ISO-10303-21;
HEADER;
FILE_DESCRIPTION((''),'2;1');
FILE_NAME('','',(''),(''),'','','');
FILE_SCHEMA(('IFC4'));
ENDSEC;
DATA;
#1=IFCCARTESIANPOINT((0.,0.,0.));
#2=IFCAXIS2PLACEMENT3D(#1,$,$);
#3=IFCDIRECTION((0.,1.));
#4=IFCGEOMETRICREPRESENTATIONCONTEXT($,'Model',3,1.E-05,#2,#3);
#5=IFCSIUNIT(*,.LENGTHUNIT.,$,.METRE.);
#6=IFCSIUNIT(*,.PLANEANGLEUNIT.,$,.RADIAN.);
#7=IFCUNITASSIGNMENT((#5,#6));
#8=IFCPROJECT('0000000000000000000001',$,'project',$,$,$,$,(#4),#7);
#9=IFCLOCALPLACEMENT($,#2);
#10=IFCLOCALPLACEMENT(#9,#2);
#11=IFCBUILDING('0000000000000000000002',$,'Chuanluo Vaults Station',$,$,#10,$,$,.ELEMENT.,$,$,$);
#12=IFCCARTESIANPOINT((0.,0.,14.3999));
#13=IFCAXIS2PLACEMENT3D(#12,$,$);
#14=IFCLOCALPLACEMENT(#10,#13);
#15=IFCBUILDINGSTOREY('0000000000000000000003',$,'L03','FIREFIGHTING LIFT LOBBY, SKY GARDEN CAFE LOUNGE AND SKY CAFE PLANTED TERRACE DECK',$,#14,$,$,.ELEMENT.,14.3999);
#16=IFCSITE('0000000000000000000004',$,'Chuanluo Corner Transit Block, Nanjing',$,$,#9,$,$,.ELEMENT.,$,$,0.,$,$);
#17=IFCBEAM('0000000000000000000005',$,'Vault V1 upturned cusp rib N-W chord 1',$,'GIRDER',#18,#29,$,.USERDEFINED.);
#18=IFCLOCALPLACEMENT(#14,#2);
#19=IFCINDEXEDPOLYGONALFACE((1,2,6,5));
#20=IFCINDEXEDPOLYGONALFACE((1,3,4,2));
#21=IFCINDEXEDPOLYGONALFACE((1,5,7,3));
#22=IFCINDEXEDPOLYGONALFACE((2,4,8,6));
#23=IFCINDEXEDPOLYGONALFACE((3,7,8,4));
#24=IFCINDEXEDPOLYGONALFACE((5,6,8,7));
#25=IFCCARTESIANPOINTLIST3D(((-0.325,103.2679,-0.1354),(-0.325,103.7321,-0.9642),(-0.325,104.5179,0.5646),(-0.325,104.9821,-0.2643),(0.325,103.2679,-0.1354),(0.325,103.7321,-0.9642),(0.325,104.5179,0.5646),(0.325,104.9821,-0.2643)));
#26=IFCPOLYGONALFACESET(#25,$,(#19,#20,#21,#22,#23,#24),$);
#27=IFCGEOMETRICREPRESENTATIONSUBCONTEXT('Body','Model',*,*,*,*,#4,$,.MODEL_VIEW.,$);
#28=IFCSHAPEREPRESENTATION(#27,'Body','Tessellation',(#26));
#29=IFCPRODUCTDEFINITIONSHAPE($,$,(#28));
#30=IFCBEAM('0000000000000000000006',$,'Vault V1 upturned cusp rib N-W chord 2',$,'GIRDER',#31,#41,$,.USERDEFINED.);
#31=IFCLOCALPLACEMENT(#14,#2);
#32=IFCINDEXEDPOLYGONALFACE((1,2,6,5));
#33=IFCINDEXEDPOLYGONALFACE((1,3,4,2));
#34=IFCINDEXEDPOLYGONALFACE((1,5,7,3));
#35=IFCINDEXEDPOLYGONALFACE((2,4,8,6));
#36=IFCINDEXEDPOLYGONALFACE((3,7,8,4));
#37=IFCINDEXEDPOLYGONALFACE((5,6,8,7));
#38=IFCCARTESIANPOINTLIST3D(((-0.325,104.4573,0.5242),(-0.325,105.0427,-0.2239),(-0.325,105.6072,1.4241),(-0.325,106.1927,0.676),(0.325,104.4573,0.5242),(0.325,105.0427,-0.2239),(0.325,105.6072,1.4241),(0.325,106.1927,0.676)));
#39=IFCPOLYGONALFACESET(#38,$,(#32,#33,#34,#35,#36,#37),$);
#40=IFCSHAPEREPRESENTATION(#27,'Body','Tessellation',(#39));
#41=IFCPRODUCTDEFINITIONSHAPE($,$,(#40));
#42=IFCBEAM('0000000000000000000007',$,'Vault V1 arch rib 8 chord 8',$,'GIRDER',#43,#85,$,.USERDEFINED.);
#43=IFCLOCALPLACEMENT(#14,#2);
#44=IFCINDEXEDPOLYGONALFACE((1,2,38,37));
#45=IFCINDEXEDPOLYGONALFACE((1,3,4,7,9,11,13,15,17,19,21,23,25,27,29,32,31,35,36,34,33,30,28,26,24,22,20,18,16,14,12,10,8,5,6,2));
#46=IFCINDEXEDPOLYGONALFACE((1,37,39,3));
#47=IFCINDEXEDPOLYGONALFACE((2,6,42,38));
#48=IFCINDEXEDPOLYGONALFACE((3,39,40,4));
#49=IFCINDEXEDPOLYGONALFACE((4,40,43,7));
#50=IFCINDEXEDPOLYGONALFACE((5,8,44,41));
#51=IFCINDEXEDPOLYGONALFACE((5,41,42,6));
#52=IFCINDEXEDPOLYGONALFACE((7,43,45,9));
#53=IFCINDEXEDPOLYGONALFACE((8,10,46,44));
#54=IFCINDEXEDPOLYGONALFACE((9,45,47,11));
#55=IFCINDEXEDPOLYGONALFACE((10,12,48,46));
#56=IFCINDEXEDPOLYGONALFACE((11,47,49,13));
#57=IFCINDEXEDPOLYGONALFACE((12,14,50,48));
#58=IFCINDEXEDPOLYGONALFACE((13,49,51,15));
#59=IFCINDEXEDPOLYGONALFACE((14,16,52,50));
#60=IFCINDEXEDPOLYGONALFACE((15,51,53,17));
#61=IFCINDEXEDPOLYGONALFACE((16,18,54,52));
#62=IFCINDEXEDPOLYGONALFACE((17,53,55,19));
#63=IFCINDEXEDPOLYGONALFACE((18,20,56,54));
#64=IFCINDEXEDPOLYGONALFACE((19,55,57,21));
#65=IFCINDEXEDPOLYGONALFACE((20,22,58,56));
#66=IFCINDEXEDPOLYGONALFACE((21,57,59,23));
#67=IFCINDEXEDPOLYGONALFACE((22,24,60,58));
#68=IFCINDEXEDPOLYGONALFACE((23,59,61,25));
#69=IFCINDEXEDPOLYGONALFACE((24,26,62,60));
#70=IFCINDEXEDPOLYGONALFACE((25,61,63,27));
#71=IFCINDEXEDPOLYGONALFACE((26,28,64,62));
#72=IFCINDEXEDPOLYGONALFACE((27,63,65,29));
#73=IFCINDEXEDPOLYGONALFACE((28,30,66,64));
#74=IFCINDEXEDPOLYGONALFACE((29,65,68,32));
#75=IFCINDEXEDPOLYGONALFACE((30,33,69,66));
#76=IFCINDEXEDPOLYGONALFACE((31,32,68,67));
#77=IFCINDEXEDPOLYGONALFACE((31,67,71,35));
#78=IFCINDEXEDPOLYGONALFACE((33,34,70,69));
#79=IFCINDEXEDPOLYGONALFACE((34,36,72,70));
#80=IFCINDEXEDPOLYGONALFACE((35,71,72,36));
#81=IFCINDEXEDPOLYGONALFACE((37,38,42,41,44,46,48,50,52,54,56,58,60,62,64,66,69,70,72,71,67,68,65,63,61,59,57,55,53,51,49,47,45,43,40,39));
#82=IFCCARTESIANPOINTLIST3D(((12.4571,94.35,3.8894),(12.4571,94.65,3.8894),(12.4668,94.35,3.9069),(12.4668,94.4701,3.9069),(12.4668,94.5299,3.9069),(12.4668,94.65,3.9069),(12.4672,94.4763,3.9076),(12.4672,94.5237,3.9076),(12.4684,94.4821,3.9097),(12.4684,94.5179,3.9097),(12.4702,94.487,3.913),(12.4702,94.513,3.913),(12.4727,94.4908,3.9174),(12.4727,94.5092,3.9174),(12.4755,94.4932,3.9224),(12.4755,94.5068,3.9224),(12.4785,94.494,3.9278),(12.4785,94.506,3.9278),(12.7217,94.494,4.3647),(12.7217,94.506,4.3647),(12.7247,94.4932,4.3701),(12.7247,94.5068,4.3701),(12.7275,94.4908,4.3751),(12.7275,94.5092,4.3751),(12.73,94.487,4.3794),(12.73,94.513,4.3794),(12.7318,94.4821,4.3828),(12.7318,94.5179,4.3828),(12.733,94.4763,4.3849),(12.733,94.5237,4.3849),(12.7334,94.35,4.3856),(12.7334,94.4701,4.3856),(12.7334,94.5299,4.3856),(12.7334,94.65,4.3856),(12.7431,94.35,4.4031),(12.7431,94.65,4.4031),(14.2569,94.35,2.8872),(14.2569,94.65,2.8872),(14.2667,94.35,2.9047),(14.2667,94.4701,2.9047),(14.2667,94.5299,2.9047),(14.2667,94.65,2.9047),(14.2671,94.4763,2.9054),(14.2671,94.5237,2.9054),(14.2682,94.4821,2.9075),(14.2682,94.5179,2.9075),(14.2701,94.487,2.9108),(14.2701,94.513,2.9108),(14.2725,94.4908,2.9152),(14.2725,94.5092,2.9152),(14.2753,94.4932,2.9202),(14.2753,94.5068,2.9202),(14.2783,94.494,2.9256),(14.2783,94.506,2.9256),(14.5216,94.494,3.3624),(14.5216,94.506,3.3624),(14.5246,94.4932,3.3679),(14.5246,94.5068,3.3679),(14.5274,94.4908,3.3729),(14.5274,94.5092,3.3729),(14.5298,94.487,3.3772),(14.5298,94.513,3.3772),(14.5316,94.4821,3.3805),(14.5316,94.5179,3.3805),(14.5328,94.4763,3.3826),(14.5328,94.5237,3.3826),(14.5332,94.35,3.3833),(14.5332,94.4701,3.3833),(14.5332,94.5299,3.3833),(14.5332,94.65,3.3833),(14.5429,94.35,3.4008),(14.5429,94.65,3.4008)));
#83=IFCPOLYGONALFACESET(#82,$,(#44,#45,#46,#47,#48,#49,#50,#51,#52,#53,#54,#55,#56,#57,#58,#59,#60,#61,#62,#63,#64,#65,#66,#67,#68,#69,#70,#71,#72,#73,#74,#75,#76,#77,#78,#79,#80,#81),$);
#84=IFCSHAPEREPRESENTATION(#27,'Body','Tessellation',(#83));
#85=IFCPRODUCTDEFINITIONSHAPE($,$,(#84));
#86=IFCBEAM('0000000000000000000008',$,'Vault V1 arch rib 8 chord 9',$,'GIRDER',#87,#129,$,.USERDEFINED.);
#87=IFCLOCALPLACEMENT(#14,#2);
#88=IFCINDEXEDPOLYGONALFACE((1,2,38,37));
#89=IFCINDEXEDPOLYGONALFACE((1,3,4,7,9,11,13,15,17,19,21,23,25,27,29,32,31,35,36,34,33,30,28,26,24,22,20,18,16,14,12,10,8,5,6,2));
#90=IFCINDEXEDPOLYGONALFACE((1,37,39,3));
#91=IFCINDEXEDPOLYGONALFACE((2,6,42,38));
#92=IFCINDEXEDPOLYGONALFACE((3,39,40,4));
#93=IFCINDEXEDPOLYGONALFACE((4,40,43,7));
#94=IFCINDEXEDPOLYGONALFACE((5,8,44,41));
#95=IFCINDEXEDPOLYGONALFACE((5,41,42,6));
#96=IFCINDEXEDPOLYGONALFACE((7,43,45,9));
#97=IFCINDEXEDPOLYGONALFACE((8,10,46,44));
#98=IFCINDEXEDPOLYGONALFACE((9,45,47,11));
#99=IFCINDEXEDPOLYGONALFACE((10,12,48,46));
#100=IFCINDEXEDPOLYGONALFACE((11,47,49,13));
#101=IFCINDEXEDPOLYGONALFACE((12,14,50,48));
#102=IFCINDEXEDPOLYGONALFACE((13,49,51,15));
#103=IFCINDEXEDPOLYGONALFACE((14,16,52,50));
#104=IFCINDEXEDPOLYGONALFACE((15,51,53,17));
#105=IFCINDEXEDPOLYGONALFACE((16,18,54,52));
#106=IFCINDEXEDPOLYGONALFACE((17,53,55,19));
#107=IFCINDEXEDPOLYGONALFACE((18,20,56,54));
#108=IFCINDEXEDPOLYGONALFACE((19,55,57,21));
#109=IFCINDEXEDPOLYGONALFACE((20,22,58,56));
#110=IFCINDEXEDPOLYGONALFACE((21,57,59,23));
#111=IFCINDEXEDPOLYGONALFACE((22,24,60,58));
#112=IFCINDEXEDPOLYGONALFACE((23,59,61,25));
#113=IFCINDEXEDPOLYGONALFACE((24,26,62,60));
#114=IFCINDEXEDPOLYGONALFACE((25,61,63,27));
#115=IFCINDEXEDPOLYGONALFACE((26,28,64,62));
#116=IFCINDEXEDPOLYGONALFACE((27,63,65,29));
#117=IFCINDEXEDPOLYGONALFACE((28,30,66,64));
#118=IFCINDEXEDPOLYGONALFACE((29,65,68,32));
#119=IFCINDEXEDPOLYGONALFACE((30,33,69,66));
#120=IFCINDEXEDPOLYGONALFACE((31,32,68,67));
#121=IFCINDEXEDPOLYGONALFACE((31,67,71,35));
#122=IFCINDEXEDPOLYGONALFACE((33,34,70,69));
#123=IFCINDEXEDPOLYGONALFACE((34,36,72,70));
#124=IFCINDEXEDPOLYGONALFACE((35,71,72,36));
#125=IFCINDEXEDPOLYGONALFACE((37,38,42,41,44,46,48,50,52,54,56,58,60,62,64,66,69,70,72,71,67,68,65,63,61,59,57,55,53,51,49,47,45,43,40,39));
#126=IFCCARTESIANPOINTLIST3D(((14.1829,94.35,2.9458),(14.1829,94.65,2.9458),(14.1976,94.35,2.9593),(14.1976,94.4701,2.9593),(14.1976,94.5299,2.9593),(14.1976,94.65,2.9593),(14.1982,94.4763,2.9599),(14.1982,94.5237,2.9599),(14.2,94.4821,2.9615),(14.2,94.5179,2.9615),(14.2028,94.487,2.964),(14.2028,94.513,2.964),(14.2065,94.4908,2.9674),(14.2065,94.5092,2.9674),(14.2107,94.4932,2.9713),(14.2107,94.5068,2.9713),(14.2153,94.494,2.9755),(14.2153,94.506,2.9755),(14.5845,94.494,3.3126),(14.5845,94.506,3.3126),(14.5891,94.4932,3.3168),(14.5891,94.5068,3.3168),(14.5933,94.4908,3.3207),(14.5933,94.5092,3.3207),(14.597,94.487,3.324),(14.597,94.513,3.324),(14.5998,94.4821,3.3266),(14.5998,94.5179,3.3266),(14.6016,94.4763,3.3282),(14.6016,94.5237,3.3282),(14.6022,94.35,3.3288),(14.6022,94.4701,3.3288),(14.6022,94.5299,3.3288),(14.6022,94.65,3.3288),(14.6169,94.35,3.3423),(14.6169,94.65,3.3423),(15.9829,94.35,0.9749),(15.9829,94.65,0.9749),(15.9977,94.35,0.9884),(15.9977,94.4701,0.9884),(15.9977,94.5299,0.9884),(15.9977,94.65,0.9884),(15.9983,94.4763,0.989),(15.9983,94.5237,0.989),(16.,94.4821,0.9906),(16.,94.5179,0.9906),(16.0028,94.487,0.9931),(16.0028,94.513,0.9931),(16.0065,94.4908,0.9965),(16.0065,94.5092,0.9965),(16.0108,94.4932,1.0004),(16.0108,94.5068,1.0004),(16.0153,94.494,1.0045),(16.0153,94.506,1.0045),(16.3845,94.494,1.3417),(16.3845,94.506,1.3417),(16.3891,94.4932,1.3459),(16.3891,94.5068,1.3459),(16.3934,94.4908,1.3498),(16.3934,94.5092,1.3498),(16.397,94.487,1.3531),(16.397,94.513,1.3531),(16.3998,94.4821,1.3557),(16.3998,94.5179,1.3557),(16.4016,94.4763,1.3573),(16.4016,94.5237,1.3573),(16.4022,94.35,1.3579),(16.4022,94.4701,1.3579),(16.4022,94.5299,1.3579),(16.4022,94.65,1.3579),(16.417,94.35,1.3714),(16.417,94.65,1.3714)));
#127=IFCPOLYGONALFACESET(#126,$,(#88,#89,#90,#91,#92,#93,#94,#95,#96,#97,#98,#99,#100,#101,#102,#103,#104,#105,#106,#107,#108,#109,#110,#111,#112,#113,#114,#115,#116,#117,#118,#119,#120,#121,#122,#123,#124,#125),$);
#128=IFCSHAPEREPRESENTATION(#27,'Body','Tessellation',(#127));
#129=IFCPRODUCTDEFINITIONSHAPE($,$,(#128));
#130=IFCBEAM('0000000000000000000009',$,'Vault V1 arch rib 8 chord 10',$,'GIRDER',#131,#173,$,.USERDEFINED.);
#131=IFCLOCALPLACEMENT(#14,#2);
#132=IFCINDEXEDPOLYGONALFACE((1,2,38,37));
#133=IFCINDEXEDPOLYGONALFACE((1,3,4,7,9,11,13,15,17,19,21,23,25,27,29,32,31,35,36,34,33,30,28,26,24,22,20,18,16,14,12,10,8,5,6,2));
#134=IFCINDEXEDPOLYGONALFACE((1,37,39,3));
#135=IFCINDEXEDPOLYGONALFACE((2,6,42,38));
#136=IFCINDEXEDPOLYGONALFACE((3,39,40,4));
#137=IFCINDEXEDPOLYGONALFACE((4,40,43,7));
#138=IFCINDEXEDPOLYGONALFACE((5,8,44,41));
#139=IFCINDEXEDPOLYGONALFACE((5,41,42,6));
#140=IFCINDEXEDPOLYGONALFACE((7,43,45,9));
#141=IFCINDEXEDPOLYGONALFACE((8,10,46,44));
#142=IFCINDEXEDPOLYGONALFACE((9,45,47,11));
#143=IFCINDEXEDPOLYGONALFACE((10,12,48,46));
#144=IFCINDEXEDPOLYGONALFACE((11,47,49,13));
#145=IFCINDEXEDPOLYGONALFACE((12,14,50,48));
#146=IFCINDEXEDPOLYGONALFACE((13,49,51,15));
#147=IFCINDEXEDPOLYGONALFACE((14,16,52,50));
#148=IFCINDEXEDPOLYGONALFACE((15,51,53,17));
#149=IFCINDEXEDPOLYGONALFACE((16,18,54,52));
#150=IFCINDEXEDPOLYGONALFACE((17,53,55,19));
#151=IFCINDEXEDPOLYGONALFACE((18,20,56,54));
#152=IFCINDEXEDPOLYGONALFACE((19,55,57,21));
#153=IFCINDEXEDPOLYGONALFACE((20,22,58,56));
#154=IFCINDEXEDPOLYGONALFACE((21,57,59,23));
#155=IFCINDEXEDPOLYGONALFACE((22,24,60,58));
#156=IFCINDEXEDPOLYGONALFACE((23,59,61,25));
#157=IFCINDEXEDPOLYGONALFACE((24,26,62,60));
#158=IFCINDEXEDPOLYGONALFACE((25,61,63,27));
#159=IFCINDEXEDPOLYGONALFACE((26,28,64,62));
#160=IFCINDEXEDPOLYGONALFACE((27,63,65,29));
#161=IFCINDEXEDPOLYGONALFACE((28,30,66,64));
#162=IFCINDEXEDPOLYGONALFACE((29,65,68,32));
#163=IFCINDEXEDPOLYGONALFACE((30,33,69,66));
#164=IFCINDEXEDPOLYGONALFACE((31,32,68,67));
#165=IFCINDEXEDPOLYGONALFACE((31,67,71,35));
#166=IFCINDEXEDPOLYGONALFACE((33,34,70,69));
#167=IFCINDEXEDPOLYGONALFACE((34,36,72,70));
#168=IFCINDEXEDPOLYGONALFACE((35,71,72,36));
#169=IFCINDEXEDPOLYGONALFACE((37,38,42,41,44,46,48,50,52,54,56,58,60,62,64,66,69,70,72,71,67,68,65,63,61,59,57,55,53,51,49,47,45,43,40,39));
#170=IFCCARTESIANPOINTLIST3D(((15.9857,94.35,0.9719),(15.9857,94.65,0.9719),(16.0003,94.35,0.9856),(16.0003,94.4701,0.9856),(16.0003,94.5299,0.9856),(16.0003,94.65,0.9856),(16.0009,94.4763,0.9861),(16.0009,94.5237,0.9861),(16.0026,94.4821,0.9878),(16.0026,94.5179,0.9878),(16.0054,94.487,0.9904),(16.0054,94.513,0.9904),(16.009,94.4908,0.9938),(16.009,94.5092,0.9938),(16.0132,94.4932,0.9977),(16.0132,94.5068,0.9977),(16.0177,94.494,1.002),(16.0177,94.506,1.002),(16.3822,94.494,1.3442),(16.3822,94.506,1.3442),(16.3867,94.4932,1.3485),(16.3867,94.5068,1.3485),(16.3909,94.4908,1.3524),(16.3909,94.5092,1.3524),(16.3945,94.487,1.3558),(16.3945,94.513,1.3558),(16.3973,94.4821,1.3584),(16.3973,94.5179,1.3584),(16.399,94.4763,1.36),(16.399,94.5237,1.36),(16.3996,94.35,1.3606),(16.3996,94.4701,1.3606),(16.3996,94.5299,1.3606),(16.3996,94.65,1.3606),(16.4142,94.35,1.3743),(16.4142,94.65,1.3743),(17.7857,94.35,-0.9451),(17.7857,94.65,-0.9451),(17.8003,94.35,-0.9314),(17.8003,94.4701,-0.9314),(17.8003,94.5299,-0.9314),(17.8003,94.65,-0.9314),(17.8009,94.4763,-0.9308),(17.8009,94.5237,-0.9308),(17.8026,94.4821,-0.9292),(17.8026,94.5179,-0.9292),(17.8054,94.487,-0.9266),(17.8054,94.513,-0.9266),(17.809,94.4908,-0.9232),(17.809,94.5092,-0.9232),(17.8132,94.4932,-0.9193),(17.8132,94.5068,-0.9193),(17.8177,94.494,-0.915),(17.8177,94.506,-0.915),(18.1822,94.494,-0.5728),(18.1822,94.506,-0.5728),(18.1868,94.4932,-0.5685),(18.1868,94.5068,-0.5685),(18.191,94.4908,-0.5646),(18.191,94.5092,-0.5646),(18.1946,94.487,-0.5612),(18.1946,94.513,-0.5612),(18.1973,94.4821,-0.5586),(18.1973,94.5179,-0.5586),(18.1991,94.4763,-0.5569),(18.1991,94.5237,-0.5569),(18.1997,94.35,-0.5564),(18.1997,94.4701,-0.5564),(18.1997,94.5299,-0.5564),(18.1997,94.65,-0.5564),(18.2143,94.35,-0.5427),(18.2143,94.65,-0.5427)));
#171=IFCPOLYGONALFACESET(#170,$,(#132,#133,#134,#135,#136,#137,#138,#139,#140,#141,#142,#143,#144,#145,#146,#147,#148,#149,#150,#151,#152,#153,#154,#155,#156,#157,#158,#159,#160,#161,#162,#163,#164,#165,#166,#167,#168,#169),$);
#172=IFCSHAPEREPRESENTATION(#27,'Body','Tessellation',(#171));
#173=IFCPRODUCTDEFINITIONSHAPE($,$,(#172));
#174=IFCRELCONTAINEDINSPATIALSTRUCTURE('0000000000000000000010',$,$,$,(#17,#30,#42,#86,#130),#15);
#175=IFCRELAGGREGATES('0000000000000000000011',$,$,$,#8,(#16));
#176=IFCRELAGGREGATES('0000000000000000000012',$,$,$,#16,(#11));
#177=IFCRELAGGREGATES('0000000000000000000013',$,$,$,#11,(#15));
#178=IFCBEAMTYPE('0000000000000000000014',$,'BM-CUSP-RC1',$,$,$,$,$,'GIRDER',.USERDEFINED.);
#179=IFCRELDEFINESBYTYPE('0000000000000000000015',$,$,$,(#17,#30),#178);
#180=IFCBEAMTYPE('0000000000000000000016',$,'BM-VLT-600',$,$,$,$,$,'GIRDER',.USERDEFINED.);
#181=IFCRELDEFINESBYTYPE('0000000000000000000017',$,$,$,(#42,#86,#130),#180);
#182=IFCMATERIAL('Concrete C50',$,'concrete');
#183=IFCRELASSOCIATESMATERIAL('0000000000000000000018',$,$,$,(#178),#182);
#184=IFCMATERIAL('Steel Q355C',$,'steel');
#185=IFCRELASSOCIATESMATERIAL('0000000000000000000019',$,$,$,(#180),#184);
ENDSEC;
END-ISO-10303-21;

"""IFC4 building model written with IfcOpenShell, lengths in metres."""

from ifc_helpers import new_model, si_unit, direction, frame, origin, origin_2d, place, context, subcontext, project, spatial, rectangle, i_section, extrude, material, material_profile, profile_set, type_object, element, save


model = new_model("IFC4")

# Units and contexts
model_context = context("Model", 3, precision=1e-05, world=origin(), true_north=direction((0.0, 1.0)))
body_context = subcontext(model_context, "Body", "Model", "MODEL_VIEW")
ifc_project = project(units=[si_unit("LENGTHUNIT", "METRE"), si_unit("PLANEANGLEUNIT", "RADIAN")], contexts=[model_context])

# Site, building, storey
site_placement = place(None, origin())
site = spatial("IfcSite", under=ifc_project, at=site_placement, Name="Chuanluo Corner Transit Block, Nanjing", CompositionType="ELEMENT", RefElevation=0.0)
building_placement = place(site_placement, origin())
building = spatial("IfcBuilding", under=site, at=building_placement, Name="Chuanluo Vaults Station", CompositionType="ELEMENT")
storey_placement = place(building_placement, frame((0.0, 0.0, 14.3999)))
storey = spatial("IfcBuildingStorey", under=building, at=storey_placement, Name="L03", Description="FIREFIGHTING LIFT LOBBY, SKY GARDEN CAFE LOUNGE AND SKY CAFE PLANTED TERRACE DECK", CompositionType="ELEMENT", Elevation=14.3999)

# Beams
ifc_material_1 = material(Name="Concrete C50", Category="concrete")
ifc_material_profile_1 = material_profile(ifc_material_1, rectangle(XDim=0.6499, YDim=0.95, at=origin_2d()))
ifc_profile_set_1 = profile_set([ifc_material_profile_1], Name="Concrete C50")
beam_type_1 = type_object("IfcBeamType", Name="BM-CUSP-RC1", ElementType="GIRDER", PredefinedType="USERDEFINED", material=ifc_profile_set_1)
beam_1_placement = place(storey_placement, frame((0.0, 103.5, -0.5498), z_axis=(0.0, 0.872521, 0.488577), x_axis=(-1.0, 0.0, 0.0)))
element("IfcBeam", 1, at=beam_1_placement, inside=storey, type_object=beam_type_1, Name="Vault V1 upturned cusp rib N-W chord 1", ObjectType="GIRDER", PredefinedType="USERDEFINED", context=body_context, shape_type="SweptSolid", body=[
    extrude(rectangle(XDim=0.6499, YDim=0.95, at=origin_2d()), origin(), (0.0, 0.0, 1.0), 1.4326),
])
beam_2_placement = place(storey_placement, frame((0.0, 104.75, 0.1501), z_axis=(0.0, 0.787512, 0.616299), x_axis=(-1.0, 0.0, 0.0)))
element("IfcBeam", 2, at=beam_2_placement, inside=storey, type_object=beam_type_1, Name="Vault V1 upturned cusp rib N-W chord 2", ObjectType="GIRDER", PredefinedType="USERDEFINED", context=body_context, shape_type="SweptSolid", body=[
    extrude(rectangle(XDim=0.6499, YDim=0.95, at=origin_2d()), origin(), (0.0, 0.0, 1.0), 1.4602),
])
ifc_material_2 = material(Name="Steel Q355C", Category="steel")
ifc_material_profile_2 = material_profile(ifc_material_2, i_section(OverallWidth=0.3, OverallDepth=0.5879, WebThickness=0.012, FlangeThickness=0.02, FilletRadius=0.0239, at=origin_2d()))
ifc_profile_set_2 = profile_set([ifc_material_profile_2], Name="Steel Q355C")
beam_type_2 = type_object("IfcBeamType", Name="BM-VLT-600", ElementType="GIRDER", PredefinedType="USERDEFINED", material=ifc_profile_set_2)
beam_3_placement = place(storey_placement, frame((12.6001, 94.5, 4.1462), z_axis=(0.873682, 0.0, -0.486498), x_axis=(0.0, 1.0, 0.0)))
element("IfcBeam", 3, at=beam_3_placement, inside=storey, type_object=beam_type_2, Name="Vault V1 arch rib 8 chord 8", ObjectType="GIRDER", PredefinedType="USERDEFINED", context=body_context, shape_type="SweptSolid", body=[
    extrude(i_section(OverallWidth=0.3, OverallDepth=0.5879, WebThickness=0.012, FlangeThickness=0.02, FilletRadius=0.0239, at=origin_2d()), origin(), (0.0, 0.0, 1.0), 2.0601),
])
beam_4_placement = place(storey_placement, frame((14.3999, 94.5, 3.144), z_axis=(0.674369, 0.0, -0.738394), x_axis=(0.0, 1.0, 0.0)))
element("IfcBeam", 4, at=beam_4_placement, inside=storey, type_object=beam_type_2, Name="Vault V1 arch rib 8 chord 9", ObjectType="GIRDER", PredefinedType="USERDEFINED", context=body_context, shape_type="SweptSolid", body=[
    extrude(i_section(OverallWidth=0.3, OverallDepth=0.5879, WebThickness=0.012, FlangeThickness=0.02, FilletRadius=0.0239, at=origin_2d()), origin(), (0.0, 0.0, 1.0), 2.6692),
])
for number, where, z_axis, x_axis, name in (
    (5, (16.2, 94.5, 1.1731), (0.684522, 0.0, -0.728993), (0.0, 1.0, 0.0), "Vault V1 arch rib 8 chord 10"),
):
    element("IfcBeam", number, at=place(storey_placement, frame(where, z_axis=z_axis, x_axis=x_axis)), inside=storey, type_object=beam_type_2, Name=name, ObjectType="GIRDER", PredefinedType="USERDEFINED", context=body_context, shape_type="SweptSolid", body=[
        extrude(i_section(OverallWidth=0.3, OverallDepth=0.5879, WebThickness=0.012, FlangeThickness=0.02, FilletRadius=0.0239, at=origin_2d()), origin(), (0.0, 0.0, 1.0), 2.6296),
    ])

save(model, "model.ifc")
